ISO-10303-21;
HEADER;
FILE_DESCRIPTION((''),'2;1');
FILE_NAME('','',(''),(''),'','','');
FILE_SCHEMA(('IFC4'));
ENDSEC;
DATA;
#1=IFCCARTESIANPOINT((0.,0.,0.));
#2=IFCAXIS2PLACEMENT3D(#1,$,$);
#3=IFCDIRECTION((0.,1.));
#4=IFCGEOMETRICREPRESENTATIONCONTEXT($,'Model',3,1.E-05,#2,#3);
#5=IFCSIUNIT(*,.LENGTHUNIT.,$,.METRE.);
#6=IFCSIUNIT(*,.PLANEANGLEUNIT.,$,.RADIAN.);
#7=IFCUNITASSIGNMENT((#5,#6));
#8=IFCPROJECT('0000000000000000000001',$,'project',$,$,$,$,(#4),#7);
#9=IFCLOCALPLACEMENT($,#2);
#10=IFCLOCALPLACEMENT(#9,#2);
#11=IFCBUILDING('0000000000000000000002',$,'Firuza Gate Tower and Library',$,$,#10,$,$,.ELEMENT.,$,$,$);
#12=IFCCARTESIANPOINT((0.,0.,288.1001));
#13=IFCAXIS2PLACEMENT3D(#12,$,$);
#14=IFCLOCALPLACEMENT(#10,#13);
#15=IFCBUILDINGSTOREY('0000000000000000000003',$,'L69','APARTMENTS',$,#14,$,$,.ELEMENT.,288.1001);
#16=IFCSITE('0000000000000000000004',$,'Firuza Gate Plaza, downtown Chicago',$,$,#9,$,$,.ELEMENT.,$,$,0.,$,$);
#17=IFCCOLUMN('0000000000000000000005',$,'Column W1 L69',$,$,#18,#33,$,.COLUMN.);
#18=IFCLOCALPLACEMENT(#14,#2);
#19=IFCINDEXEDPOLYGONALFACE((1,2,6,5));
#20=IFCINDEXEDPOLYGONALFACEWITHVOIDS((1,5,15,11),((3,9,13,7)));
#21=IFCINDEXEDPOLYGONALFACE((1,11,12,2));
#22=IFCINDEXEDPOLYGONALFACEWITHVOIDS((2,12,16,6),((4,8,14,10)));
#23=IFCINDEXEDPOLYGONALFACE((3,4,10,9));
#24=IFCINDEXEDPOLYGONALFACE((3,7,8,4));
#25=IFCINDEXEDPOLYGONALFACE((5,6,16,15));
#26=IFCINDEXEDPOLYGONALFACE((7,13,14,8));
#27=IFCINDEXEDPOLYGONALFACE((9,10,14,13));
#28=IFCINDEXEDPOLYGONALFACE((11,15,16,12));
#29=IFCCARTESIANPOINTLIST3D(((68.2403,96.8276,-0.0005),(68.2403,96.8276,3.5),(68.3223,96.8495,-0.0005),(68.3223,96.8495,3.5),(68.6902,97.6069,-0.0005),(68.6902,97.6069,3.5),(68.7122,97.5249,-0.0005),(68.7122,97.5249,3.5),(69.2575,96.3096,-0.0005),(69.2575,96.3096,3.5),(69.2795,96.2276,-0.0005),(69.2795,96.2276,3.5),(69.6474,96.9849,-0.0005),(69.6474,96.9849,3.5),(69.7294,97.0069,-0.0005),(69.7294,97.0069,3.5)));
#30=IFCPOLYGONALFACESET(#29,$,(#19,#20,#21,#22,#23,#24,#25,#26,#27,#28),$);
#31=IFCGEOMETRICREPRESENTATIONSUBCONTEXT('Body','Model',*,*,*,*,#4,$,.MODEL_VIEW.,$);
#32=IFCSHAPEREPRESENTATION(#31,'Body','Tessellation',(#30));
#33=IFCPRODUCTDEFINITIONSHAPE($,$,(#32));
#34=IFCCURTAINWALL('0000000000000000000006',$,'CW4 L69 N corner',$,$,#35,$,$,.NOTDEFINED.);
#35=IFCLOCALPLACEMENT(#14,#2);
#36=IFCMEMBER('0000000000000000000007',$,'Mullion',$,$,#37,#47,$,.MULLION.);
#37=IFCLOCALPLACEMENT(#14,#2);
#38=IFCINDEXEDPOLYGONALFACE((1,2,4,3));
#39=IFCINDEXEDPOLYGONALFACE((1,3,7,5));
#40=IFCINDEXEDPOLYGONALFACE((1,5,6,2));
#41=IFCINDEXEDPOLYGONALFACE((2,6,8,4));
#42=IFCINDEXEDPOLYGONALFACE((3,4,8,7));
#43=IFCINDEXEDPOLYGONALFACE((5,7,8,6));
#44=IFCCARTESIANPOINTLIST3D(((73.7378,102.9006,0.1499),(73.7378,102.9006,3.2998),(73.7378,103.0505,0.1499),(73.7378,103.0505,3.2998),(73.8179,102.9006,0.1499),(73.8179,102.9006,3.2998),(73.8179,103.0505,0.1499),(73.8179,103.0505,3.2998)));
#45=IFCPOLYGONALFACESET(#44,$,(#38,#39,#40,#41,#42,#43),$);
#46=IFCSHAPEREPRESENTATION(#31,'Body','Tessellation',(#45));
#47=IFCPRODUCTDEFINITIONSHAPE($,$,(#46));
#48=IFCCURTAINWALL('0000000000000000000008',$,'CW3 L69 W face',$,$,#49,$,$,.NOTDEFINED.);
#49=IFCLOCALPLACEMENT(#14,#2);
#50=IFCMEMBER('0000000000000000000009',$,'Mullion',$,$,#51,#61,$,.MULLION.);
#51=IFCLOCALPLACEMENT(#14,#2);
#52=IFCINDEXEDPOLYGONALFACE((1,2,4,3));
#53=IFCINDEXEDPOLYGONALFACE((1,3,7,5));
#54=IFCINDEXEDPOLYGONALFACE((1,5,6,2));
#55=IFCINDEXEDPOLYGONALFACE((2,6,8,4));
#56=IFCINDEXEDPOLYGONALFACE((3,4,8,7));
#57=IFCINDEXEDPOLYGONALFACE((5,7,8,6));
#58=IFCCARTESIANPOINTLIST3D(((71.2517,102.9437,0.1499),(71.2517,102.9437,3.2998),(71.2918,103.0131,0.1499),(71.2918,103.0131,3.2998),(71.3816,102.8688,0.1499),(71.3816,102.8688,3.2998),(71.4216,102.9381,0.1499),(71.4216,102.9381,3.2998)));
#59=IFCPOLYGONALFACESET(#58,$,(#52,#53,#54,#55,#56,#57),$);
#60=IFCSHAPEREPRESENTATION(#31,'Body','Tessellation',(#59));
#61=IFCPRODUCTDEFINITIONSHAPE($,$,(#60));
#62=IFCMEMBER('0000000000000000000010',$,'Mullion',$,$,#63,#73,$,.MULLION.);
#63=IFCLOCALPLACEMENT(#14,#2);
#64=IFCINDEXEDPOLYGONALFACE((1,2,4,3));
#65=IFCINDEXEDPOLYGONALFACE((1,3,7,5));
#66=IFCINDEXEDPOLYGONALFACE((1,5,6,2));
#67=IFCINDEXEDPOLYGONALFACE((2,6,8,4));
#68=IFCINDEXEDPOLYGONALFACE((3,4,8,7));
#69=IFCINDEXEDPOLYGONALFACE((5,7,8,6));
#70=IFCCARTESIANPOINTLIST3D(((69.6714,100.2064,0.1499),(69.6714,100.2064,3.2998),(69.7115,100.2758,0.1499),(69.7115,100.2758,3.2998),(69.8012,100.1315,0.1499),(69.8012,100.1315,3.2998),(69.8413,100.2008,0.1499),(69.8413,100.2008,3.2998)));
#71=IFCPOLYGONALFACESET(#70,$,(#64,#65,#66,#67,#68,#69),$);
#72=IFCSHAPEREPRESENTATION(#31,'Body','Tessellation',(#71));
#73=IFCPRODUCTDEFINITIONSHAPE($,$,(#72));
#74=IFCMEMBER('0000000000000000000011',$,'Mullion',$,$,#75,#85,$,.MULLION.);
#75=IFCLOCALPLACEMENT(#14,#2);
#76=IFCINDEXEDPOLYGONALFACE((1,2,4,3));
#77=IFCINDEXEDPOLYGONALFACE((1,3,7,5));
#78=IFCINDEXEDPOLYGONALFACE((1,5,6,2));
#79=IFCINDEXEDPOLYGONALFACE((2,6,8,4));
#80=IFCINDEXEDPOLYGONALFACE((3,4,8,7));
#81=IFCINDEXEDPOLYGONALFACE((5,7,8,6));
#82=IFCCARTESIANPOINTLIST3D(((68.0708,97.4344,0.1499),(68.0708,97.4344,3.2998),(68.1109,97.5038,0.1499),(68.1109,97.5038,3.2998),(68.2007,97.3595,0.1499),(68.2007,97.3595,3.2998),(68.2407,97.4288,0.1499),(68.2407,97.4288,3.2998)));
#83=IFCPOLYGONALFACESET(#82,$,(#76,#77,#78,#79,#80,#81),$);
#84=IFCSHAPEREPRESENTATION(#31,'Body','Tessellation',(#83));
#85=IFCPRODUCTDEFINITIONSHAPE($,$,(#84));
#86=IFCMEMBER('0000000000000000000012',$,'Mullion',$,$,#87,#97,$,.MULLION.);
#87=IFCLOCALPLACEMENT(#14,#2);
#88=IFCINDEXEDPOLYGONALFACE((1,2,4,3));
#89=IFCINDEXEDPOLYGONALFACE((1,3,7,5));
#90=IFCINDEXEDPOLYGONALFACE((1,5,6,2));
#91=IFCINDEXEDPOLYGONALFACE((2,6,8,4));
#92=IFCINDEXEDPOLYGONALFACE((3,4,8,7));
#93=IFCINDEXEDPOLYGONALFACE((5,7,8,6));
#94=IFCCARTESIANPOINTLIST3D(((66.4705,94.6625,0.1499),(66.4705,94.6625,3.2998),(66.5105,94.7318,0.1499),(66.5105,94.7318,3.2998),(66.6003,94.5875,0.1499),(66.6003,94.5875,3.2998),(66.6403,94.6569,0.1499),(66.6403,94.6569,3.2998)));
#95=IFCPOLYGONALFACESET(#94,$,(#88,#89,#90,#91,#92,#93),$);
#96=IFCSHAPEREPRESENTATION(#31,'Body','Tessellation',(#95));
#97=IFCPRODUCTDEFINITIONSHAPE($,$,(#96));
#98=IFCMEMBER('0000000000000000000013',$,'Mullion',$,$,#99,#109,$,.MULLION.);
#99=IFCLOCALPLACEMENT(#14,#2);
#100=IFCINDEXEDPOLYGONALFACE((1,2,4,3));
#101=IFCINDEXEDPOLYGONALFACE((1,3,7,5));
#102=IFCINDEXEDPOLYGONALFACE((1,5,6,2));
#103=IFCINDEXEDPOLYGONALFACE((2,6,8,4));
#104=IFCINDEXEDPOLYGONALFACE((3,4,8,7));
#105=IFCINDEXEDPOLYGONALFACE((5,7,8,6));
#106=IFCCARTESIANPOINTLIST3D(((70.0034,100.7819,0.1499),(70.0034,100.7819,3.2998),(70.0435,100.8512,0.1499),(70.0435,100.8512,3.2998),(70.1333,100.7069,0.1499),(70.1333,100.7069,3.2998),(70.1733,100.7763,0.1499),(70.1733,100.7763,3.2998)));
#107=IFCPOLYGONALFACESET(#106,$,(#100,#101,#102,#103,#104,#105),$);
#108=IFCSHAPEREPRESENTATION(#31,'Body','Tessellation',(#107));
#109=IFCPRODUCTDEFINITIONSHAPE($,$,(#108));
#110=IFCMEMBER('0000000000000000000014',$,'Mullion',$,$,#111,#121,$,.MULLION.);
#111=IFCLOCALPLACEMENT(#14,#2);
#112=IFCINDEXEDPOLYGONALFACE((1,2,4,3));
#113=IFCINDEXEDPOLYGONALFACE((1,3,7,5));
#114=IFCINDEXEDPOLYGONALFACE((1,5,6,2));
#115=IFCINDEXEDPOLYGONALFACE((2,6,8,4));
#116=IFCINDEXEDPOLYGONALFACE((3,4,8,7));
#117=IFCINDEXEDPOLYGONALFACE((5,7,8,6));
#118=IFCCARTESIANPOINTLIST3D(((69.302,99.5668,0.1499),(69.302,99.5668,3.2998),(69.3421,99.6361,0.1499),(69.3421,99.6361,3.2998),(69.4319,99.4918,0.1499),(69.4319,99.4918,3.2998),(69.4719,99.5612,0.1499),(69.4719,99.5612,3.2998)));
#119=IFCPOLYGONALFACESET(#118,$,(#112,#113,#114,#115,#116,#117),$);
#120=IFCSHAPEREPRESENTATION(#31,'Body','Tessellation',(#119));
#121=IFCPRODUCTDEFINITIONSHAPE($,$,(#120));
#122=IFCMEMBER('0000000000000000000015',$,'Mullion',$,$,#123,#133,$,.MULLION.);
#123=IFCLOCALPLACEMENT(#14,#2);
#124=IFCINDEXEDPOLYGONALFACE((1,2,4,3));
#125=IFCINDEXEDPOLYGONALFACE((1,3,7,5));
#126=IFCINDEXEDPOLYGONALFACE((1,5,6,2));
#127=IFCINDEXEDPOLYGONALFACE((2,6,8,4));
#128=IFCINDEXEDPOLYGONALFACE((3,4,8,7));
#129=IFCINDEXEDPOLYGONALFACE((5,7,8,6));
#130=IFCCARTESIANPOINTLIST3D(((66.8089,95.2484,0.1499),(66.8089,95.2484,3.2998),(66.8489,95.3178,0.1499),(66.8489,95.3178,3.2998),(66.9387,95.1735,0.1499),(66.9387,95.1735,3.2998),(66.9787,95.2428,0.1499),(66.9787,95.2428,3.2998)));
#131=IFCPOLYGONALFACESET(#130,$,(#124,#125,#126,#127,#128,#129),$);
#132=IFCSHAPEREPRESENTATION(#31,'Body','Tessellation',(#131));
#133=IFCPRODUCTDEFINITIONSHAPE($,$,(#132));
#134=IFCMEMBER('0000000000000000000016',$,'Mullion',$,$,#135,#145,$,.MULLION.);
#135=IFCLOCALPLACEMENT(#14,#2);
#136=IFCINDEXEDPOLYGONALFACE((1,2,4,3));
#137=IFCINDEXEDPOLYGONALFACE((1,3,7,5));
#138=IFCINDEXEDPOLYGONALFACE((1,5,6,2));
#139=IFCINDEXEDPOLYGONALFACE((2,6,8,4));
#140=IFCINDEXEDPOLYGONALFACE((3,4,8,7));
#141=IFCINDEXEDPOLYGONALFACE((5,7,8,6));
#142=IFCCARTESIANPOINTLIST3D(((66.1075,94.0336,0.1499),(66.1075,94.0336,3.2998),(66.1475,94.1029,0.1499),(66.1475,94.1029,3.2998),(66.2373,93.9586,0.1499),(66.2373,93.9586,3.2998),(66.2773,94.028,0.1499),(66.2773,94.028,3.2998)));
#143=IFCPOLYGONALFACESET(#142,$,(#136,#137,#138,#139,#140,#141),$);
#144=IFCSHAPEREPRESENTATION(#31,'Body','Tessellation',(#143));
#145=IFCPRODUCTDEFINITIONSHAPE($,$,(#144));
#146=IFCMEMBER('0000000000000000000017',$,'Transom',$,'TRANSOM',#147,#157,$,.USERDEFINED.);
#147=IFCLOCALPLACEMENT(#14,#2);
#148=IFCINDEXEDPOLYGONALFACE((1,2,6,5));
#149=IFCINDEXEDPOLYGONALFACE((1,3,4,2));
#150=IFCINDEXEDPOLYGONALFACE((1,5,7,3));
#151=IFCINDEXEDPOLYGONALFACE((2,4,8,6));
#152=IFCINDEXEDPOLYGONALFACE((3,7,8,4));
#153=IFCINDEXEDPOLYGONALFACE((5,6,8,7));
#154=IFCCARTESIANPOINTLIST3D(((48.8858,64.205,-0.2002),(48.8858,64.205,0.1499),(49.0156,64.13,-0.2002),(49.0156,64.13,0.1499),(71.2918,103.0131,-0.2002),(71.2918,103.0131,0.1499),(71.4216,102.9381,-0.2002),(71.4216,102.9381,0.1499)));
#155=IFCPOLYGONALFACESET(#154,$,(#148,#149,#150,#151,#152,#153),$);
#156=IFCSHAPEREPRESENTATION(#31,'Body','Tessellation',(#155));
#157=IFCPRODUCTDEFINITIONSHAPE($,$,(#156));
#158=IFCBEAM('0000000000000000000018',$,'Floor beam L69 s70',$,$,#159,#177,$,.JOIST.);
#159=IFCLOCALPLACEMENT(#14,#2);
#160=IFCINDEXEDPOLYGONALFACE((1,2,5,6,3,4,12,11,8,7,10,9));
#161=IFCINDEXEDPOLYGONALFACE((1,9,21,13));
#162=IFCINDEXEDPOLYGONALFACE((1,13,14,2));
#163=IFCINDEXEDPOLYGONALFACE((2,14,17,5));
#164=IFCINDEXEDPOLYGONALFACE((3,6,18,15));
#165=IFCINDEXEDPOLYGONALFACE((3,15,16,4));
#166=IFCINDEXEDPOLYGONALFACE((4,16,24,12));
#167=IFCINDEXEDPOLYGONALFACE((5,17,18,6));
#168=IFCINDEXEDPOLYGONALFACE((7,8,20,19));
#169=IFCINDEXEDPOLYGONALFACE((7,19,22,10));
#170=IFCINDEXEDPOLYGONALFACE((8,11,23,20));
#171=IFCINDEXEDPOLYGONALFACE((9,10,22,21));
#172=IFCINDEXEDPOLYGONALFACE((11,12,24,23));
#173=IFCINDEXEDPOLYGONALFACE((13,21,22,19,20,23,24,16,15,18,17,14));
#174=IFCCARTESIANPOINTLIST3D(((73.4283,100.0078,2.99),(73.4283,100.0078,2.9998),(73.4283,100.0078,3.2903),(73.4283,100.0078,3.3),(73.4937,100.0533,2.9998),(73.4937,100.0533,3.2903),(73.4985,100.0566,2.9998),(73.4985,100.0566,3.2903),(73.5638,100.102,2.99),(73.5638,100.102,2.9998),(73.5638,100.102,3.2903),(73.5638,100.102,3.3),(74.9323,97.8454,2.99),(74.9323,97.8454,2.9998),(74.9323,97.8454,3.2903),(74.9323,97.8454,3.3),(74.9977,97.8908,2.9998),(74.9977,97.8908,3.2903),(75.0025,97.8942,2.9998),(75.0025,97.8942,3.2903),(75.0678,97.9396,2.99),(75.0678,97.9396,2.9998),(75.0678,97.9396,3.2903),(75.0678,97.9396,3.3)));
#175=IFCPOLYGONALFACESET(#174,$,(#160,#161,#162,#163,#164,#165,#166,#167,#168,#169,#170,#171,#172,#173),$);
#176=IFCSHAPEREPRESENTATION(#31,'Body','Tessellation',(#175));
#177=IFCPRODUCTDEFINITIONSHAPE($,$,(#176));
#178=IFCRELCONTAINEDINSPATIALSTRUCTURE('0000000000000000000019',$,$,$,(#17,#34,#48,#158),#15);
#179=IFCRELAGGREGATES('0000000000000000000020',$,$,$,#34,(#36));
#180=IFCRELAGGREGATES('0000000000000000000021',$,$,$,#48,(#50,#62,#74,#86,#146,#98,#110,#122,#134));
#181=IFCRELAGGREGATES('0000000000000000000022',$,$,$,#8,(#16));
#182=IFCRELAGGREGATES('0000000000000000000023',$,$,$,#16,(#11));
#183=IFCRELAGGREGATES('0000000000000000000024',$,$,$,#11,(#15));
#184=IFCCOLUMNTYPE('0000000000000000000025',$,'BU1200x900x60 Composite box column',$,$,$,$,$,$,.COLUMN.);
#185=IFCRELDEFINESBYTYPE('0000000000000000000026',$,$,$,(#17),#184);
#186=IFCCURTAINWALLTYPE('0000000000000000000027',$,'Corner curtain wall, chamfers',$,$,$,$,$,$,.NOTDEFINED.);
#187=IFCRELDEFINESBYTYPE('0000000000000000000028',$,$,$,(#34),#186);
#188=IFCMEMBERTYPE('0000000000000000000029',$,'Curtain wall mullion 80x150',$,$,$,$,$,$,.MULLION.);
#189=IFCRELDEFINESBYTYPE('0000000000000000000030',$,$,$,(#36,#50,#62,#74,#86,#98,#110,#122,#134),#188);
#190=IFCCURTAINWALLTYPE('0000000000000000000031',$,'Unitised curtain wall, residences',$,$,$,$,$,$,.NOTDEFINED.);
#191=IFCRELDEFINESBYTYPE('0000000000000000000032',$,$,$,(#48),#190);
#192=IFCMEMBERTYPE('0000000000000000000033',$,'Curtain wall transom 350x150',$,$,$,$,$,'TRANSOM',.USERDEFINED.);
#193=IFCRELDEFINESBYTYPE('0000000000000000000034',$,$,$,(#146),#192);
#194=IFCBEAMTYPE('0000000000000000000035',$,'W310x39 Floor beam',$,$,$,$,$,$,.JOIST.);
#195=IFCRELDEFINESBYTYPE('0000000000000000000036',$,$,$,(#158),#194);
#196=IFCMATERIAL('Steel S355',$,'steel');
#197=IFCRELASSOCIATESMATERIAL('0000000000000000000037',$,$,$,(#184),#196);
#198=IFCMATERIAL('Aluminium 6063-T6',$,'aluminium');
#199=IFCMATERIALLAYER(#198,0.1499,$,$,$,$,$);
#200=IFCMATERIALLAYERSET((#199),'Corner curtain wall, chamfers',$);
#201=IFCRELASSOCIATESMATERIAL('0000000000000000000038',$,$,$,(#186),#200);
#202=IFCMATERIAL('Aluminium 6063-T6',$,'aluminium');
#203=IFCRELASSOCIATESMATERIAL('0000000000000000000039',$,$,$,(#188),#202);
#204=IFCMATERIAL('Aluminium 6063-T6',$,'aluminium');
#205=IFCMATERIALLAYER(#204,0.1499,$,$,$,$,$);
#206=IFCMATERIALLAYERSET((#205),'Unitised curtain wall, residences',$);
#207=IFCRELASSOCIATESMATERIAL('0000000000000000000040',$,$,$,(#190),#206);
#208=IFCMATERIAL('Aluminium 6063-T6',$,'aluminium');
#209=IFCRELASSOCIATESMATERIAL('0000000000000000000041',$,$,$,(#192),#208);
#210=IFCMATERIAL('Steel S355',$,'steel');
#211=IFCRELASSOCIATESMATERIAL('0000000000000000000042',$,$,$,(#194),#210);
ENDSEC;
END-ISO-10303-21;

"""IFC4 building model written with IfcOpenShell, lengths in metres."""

from ifc_helpers import new_model, si_unit, direction, frame, origin, origin_2d, place, context, subcontext, project, spatial, rectangle, hollow_rectangle, i_section, extrude, material, layer, layer_set, material_profile, profile_set, type_object, element, aggregate, save


model = new_model("IFC4")

# Units and contexts
model_context = context("Model", 3, precision=1e-05, world=origin(), true_north=direction((0.0, 1.0)))
body_context = subcontext(model_context, "Body", "Model", "MODEL_VIEW")
ifc_project = project(units=[si_unit("LENGTHUNIT", "METRE"), si_unit("PLANEANGLEUNIT", "RADIAN")], contexts=[model_context])

# Site, building, storey
site_placement = place(None, origin())
site = spatial("IfcSite", under=ifc_project, at=site_placement, Name="Firuza Gate Plaza, downtown Chicago", CompositionType="ELEMENT", RefElevation=0.0)
building_placement = place(site_placement, origin())
building = spatial("IfcBuilding", under=site, at=building_placement, Name="Firuza Gate Tower and Library", CompositionType="ELEMENT")
storey_placement = place(building_placement, frame((0.0, 0.0, 288.1001)))
storey = spatial("IfcBuildingStorey", under=building, at=storey_placement, Name="L69", Description="APARTMENTS", CompositionType="ELEMENT", Elevation=288.1001)

# Column
ifc_material_1 = material(Name="Steel S355", Category="steel")
ifc_material_profile_1 = material_profile(ifc_material_1, hollow_rectangle(XDim=0.8999, YDim=1.2, WallThickness=0.0601, at=origin_2d()))
ifc_profile_set_1 = profile_set([ifc_material_profile_1], Name="Steel S355")
column_type = type_object("IfcColumnType", Name="BU1200x900x60 Composite box column", PredefinedType="COLUMN", material=ifc_profile_set_1)
column_placement = place(storey_placement, frame((68.9849, 96.9172, -0.0005), z_axis=(0.0, 0.0, 1.0), x_axis=(-0.5, -0.866025, 0.0)))
element("IfcColumn", 1, at=column_placement, inside=storey, type_object=column_type, Name="Column W1 L69", PredefinedType="COLUMN", context=body_context, shape_type="SweptSolid", body=[
    extrude(hollow_rectangle(XDim=0.8999, YDim=1.2, WallThickness=0.0601, at=origin_2d()), origin(), (0.0, 0.0, 1.0), 3.5005),
])

# Curtain wall, member
ifc_material_2 = material(Name="Aluminium 6063-T6", Category="aluminium")
ifc_layer_1 = layer(ifc_material_2, 0.1499)
ifc_layer_set_1 = layer_set([ifc_layer_1], Name="Corner curtain wall, chamfers")
curtain_wall_type_1 = type_object("IfcCurtainWallType", Name="Corner curtain wall, chamfers", PredefinedType="NOTDEFINED", material=ifc_layer_set_1)
placement = place(storey_placement, origin())
curtain_wall_1 = element("IfcCurtainWall", 2, at=placement, inside=storey, type_object=curtain_wall_type_1, Name="CW4 L69 N corner", PredefinedType="NOTDEFINED")
ifc_material_3 = material(Name="Aluminium 6063-T6", Category="aluminium")
ifc_material_profile_2 = material_profile(ifc_material_3, rectangle(XDim=0.1499, YDim=0.0801, at=origin_2d()))
ifc_profile_set_2 = profile_set([ifc_material_profile_2], Name="Aluminium 6063-T6")
member_type_1 = type_object("IfcMemberType", Name="Curtain wall mullion 80x150", PredefinedType="MULLION", material=ifc_profile_set_2)
member_1_placement = place(storey_placement, frame((73.7778, 102.9756, 0.1499), z_axis=(0.0, 0.0, 1.0), x_axis=(0.0, -1.0, 0.0)))
member_1 = element("IfcMember", 3, at=member_1_placement, type_object=member_type_1, Name="Mullion", PredefinedType="MULLION", context=body_context, shape_type="SweptSolid", body=[
    extrude(rectangle(XDim=0.1499, YDim=0.0801, at=origin_2d()), origin(), (0.0, 0.0, 1.0), 3.1499),
])

# Curtain wall, members
ifc_material_4 = material(Name="Aluminium 6063-T6", Category="aluminium")
ifc_layer_2 = layer(ifc_material_4, 0.1499)
ifc_layer_set_2 = layer_set([ifc_layer_2], Name="Unitised curtain wall, residences")
curtain_wall_type_2 = type_object("IfcCurtainWallType", Name="Unitised curtain wall, residences", PredefinedType="NOTDEFINED", material=ifc_layer_set_2)
curtain_wall_2 = element("IfcCurtainWall", 4, at=placement, inside=storey, type_object=curtain_wall_type_2, Name="CW3 L69 W face", PredefinedType="NOTDEFINED")
member_2_placement = place(storey_placement, frame((71.3367, 102.9409, 0.1499), z_axis=(0.0, 0.0, 1.0), x_axis=(0.866025, -0.5, 0.0)))
member_2 = element("IfcMember", 5, at=member_2_placement, type_object=member_type_1, Name="Mullion", PredefinedType="MULLION", context=body_context, shape_type="SweptSolid", body=[
    extrude(rectangle(XDim=0.1499, YDim=0.0801, at=origin_2d()), origin(), (0.0, 0.0, 1.0), 3.1499),
])
member_3_placement = place(storey_placement, frame((69.7563, 100.2036, 0.1499), z_axis=(0.0, 0.0, 1.0), x_axis=(0.866025, -0.5, 0.0)))
member_3 = element("IfcMember", 6, at=member_3_placement, type_object=member_type_1, Name="Mullion", PredefinedType="MULLION", context=body_context, shape_type="SweptSolid", body=[
    extrude(rectangle(XDim=0.1499, YDim=0.0801, at=origin_2d()), origin(), (0.0, 0.0, 1.0), 3.1499),
])
member_4_placement = place(storey_placement, frame((68.1558, 97.4316, 0.1499), z_axis=(0.0, 0.0, 1.0), x_axis=(0.866025, -0.5, 0.0)))
member_4 = element("IfcMember", 7, at=member_4_placement, type_object=member_type_1, Name="Mullion", PredefinedType="MULLION", context=body_context, shape_type="SweptSolid", body=[
    extrude(rectangle(XDim=0.1499, YDim=0.0801, at=origin_2d()), origin(), (0.0, 0.0, 1.0), 3.1499),
])
member_5_placement = place(storey_placement, frame((66.5554, 94.6597, 0.1499), z_axis=(0.0, 0.0, 1.0), x_axis=(0.866025, -0.5, 0.0)))
member_5 = element("IfcMember", 8, at=member_5_placement, type_object=member_type_1, Name="Mullion", PredefinedType="MULLION", context=body_context, shape_type="SweptSolid", body=[
    extrude(rectangle(XDim=0.1499, YDim=0.0801, at=origin_2d()), origin(), (0.0, 0.0, 1.0), 3.1499),
])
member_6_placement = place(storey_placement, frame((70.0884, 100.7791, 0.1499), z_axis=(0.0, 0.0, 1.0), x_axis=(0.866025, -0.5, 0.0)))
member_6 = element("IfcMember", 9, at=member_6_placement, type_object=member_type_1, Name="Mullion", PredefinedType="MULLION", context=body_context, shape_type="SweptSolid", body=[
    extrude(rectangle(XDim=0.1499, YDim=0.0801, at=origin_2d()), origin(), (0.0, 0.0, 1.0), 3.1499),
])
member_7_placement = place(storey_placement, frame((69.387, 99.564, 0.1499), z_axis=(0.0, 0.0, 1.0), x_axis=(0.866025, -0.5, 0.0)))
member_7 = element("IfcMember", 10, at=member_7_placement, type_object=member_type_1, Name="Mullion", PredefinedType="MULLION", context=body_context, shape_type="SweptSolid", body=[
    extrude(rectangle(XDim=0.1499, YDim=0.0801, at=origin_2d()), origin(), (0.0, 0.0, 1.0), 3.1499),
])
member_8_placement = place(storey_placement, frame((66.8938, 95.2456, 0.1499), z_axis=(0.0, 0.0, 1.0), x_axis=(0.866025, -0.5, 0.0)))
member_8 = element("IfcMember", 11, at=member_8_placement, type_object=member_type_1, Name="Mullion", PredefinedType="MULLION", context=body_context, shape_type="SweptSolid", body=[
    extrude(rectangle(XDim=0.1499, YDim=0.0801, at=origin_2d()), origin(), (0.0, 0.0, 1.0), 3.1499),
])
member_9_placement = place(storey_placement, frame((66.1924, 94.0308, 0.1499), z_axis=(0.0, 0.0, 1.0), x_axis=(0.866025, -0.5, 0.0)))
member_9 = element("IfcMember", 12, at=member_9_placement, type_object=member_type_1, Name="Mullion", PredefinedType="MULLION", context=body_context, shape_type="SweptSolid", body=[
    extrude(rectangle(XDim=0.1499, YDim=0.0801, at=origin_2d()), origin(), (0.0, 0.0, 1.0), 3.1499),
])
ifc_material_5 = material(Name="Aluminium 6063-T6", Category="aluminium")
ifc_material_profile_3 = material_profile(ifc_material_5, rectangle(XDim=0.1499, YDim=0.3501, at=origin_2d()))
ifc_profile_set_3 = profile_set([ifc_material_profile_3], Name="Aluminium 6063-T6")
member_type_2 = type_object("IfcMemberType", Name="Curtain wall transom 350x150", ElementType="TRANSOM", PredefinedType="USERDEFINED", material=ifc_profile_set_3)
member_10_placement = place(storey_placement, frame((71.3567, 102.9756, -0.0251), z_axis=(-0.500002, -0.866024, 0.0), x_axis=(0.866024, -0.500002, 0.0)))
member_10 = element("IfcMember", 13, at=member_10_placement, type_object=member_type_2, Name="Transom", ObjectType="TRANSOM", PredefinedType="USERDEFINED", context=body_context, shape_type="SweptSolid", body=[
    extrude(rectangle(XDim=0.1499, YDim=0.3501, at=origin_2d()), origin(), (0.0, 0.0, 1.0), 44.8118),
])

# Beam
ifc_material_6 = material(Name="Steel S355", Category="steel")
ifc_material_profile_4 = material_profile(ifc_material_6, i_section(OverallWidth=0.165, OverallDepth=0.3101, WebThickness=0.0059, FlangeThickness=0.0098, at=origin_2d()))
ifc_profile_set_4 = profile_set([ifc_material_profile_4], Name="Steel S355")
beam_type_1 = type_object("IfcBeamType", Name="W310x39 Floor beam", PredefinedType="JOIST", material=ifc_profile_set_4)
beam_1_placement = place(storey_placement, frame((73.4961, 100.0549, 3.145), z_axis=(0.570978, -0.820966, 0.0), x_axis=(0.820966, 0.570978, 0.0)))
element("IfcBeam", 14, at=beam_1_placement, inside=storey, type_object=beam_type_1, Name="Floor beam L69 s70", PredefinedType="JOIST", context=body_context, shape_type="SweptSolid", body=[
    extrude(i_section(OverallWidth=0.165, OverallDepth=0.3101, WebThickness=0.0059, FlangeThickness=0.0098, at=origin_2d()), origin(), (0.0, 0.0, 1.0), 2.634),
])

aggregate(curtain_wall_1, [member_1])
aggregate(curtain_wall_2, [member_2, member_3, member_4, member_5, member_10, member_6, member_7, member_8, member_9])

save(model, "model.ifc")
